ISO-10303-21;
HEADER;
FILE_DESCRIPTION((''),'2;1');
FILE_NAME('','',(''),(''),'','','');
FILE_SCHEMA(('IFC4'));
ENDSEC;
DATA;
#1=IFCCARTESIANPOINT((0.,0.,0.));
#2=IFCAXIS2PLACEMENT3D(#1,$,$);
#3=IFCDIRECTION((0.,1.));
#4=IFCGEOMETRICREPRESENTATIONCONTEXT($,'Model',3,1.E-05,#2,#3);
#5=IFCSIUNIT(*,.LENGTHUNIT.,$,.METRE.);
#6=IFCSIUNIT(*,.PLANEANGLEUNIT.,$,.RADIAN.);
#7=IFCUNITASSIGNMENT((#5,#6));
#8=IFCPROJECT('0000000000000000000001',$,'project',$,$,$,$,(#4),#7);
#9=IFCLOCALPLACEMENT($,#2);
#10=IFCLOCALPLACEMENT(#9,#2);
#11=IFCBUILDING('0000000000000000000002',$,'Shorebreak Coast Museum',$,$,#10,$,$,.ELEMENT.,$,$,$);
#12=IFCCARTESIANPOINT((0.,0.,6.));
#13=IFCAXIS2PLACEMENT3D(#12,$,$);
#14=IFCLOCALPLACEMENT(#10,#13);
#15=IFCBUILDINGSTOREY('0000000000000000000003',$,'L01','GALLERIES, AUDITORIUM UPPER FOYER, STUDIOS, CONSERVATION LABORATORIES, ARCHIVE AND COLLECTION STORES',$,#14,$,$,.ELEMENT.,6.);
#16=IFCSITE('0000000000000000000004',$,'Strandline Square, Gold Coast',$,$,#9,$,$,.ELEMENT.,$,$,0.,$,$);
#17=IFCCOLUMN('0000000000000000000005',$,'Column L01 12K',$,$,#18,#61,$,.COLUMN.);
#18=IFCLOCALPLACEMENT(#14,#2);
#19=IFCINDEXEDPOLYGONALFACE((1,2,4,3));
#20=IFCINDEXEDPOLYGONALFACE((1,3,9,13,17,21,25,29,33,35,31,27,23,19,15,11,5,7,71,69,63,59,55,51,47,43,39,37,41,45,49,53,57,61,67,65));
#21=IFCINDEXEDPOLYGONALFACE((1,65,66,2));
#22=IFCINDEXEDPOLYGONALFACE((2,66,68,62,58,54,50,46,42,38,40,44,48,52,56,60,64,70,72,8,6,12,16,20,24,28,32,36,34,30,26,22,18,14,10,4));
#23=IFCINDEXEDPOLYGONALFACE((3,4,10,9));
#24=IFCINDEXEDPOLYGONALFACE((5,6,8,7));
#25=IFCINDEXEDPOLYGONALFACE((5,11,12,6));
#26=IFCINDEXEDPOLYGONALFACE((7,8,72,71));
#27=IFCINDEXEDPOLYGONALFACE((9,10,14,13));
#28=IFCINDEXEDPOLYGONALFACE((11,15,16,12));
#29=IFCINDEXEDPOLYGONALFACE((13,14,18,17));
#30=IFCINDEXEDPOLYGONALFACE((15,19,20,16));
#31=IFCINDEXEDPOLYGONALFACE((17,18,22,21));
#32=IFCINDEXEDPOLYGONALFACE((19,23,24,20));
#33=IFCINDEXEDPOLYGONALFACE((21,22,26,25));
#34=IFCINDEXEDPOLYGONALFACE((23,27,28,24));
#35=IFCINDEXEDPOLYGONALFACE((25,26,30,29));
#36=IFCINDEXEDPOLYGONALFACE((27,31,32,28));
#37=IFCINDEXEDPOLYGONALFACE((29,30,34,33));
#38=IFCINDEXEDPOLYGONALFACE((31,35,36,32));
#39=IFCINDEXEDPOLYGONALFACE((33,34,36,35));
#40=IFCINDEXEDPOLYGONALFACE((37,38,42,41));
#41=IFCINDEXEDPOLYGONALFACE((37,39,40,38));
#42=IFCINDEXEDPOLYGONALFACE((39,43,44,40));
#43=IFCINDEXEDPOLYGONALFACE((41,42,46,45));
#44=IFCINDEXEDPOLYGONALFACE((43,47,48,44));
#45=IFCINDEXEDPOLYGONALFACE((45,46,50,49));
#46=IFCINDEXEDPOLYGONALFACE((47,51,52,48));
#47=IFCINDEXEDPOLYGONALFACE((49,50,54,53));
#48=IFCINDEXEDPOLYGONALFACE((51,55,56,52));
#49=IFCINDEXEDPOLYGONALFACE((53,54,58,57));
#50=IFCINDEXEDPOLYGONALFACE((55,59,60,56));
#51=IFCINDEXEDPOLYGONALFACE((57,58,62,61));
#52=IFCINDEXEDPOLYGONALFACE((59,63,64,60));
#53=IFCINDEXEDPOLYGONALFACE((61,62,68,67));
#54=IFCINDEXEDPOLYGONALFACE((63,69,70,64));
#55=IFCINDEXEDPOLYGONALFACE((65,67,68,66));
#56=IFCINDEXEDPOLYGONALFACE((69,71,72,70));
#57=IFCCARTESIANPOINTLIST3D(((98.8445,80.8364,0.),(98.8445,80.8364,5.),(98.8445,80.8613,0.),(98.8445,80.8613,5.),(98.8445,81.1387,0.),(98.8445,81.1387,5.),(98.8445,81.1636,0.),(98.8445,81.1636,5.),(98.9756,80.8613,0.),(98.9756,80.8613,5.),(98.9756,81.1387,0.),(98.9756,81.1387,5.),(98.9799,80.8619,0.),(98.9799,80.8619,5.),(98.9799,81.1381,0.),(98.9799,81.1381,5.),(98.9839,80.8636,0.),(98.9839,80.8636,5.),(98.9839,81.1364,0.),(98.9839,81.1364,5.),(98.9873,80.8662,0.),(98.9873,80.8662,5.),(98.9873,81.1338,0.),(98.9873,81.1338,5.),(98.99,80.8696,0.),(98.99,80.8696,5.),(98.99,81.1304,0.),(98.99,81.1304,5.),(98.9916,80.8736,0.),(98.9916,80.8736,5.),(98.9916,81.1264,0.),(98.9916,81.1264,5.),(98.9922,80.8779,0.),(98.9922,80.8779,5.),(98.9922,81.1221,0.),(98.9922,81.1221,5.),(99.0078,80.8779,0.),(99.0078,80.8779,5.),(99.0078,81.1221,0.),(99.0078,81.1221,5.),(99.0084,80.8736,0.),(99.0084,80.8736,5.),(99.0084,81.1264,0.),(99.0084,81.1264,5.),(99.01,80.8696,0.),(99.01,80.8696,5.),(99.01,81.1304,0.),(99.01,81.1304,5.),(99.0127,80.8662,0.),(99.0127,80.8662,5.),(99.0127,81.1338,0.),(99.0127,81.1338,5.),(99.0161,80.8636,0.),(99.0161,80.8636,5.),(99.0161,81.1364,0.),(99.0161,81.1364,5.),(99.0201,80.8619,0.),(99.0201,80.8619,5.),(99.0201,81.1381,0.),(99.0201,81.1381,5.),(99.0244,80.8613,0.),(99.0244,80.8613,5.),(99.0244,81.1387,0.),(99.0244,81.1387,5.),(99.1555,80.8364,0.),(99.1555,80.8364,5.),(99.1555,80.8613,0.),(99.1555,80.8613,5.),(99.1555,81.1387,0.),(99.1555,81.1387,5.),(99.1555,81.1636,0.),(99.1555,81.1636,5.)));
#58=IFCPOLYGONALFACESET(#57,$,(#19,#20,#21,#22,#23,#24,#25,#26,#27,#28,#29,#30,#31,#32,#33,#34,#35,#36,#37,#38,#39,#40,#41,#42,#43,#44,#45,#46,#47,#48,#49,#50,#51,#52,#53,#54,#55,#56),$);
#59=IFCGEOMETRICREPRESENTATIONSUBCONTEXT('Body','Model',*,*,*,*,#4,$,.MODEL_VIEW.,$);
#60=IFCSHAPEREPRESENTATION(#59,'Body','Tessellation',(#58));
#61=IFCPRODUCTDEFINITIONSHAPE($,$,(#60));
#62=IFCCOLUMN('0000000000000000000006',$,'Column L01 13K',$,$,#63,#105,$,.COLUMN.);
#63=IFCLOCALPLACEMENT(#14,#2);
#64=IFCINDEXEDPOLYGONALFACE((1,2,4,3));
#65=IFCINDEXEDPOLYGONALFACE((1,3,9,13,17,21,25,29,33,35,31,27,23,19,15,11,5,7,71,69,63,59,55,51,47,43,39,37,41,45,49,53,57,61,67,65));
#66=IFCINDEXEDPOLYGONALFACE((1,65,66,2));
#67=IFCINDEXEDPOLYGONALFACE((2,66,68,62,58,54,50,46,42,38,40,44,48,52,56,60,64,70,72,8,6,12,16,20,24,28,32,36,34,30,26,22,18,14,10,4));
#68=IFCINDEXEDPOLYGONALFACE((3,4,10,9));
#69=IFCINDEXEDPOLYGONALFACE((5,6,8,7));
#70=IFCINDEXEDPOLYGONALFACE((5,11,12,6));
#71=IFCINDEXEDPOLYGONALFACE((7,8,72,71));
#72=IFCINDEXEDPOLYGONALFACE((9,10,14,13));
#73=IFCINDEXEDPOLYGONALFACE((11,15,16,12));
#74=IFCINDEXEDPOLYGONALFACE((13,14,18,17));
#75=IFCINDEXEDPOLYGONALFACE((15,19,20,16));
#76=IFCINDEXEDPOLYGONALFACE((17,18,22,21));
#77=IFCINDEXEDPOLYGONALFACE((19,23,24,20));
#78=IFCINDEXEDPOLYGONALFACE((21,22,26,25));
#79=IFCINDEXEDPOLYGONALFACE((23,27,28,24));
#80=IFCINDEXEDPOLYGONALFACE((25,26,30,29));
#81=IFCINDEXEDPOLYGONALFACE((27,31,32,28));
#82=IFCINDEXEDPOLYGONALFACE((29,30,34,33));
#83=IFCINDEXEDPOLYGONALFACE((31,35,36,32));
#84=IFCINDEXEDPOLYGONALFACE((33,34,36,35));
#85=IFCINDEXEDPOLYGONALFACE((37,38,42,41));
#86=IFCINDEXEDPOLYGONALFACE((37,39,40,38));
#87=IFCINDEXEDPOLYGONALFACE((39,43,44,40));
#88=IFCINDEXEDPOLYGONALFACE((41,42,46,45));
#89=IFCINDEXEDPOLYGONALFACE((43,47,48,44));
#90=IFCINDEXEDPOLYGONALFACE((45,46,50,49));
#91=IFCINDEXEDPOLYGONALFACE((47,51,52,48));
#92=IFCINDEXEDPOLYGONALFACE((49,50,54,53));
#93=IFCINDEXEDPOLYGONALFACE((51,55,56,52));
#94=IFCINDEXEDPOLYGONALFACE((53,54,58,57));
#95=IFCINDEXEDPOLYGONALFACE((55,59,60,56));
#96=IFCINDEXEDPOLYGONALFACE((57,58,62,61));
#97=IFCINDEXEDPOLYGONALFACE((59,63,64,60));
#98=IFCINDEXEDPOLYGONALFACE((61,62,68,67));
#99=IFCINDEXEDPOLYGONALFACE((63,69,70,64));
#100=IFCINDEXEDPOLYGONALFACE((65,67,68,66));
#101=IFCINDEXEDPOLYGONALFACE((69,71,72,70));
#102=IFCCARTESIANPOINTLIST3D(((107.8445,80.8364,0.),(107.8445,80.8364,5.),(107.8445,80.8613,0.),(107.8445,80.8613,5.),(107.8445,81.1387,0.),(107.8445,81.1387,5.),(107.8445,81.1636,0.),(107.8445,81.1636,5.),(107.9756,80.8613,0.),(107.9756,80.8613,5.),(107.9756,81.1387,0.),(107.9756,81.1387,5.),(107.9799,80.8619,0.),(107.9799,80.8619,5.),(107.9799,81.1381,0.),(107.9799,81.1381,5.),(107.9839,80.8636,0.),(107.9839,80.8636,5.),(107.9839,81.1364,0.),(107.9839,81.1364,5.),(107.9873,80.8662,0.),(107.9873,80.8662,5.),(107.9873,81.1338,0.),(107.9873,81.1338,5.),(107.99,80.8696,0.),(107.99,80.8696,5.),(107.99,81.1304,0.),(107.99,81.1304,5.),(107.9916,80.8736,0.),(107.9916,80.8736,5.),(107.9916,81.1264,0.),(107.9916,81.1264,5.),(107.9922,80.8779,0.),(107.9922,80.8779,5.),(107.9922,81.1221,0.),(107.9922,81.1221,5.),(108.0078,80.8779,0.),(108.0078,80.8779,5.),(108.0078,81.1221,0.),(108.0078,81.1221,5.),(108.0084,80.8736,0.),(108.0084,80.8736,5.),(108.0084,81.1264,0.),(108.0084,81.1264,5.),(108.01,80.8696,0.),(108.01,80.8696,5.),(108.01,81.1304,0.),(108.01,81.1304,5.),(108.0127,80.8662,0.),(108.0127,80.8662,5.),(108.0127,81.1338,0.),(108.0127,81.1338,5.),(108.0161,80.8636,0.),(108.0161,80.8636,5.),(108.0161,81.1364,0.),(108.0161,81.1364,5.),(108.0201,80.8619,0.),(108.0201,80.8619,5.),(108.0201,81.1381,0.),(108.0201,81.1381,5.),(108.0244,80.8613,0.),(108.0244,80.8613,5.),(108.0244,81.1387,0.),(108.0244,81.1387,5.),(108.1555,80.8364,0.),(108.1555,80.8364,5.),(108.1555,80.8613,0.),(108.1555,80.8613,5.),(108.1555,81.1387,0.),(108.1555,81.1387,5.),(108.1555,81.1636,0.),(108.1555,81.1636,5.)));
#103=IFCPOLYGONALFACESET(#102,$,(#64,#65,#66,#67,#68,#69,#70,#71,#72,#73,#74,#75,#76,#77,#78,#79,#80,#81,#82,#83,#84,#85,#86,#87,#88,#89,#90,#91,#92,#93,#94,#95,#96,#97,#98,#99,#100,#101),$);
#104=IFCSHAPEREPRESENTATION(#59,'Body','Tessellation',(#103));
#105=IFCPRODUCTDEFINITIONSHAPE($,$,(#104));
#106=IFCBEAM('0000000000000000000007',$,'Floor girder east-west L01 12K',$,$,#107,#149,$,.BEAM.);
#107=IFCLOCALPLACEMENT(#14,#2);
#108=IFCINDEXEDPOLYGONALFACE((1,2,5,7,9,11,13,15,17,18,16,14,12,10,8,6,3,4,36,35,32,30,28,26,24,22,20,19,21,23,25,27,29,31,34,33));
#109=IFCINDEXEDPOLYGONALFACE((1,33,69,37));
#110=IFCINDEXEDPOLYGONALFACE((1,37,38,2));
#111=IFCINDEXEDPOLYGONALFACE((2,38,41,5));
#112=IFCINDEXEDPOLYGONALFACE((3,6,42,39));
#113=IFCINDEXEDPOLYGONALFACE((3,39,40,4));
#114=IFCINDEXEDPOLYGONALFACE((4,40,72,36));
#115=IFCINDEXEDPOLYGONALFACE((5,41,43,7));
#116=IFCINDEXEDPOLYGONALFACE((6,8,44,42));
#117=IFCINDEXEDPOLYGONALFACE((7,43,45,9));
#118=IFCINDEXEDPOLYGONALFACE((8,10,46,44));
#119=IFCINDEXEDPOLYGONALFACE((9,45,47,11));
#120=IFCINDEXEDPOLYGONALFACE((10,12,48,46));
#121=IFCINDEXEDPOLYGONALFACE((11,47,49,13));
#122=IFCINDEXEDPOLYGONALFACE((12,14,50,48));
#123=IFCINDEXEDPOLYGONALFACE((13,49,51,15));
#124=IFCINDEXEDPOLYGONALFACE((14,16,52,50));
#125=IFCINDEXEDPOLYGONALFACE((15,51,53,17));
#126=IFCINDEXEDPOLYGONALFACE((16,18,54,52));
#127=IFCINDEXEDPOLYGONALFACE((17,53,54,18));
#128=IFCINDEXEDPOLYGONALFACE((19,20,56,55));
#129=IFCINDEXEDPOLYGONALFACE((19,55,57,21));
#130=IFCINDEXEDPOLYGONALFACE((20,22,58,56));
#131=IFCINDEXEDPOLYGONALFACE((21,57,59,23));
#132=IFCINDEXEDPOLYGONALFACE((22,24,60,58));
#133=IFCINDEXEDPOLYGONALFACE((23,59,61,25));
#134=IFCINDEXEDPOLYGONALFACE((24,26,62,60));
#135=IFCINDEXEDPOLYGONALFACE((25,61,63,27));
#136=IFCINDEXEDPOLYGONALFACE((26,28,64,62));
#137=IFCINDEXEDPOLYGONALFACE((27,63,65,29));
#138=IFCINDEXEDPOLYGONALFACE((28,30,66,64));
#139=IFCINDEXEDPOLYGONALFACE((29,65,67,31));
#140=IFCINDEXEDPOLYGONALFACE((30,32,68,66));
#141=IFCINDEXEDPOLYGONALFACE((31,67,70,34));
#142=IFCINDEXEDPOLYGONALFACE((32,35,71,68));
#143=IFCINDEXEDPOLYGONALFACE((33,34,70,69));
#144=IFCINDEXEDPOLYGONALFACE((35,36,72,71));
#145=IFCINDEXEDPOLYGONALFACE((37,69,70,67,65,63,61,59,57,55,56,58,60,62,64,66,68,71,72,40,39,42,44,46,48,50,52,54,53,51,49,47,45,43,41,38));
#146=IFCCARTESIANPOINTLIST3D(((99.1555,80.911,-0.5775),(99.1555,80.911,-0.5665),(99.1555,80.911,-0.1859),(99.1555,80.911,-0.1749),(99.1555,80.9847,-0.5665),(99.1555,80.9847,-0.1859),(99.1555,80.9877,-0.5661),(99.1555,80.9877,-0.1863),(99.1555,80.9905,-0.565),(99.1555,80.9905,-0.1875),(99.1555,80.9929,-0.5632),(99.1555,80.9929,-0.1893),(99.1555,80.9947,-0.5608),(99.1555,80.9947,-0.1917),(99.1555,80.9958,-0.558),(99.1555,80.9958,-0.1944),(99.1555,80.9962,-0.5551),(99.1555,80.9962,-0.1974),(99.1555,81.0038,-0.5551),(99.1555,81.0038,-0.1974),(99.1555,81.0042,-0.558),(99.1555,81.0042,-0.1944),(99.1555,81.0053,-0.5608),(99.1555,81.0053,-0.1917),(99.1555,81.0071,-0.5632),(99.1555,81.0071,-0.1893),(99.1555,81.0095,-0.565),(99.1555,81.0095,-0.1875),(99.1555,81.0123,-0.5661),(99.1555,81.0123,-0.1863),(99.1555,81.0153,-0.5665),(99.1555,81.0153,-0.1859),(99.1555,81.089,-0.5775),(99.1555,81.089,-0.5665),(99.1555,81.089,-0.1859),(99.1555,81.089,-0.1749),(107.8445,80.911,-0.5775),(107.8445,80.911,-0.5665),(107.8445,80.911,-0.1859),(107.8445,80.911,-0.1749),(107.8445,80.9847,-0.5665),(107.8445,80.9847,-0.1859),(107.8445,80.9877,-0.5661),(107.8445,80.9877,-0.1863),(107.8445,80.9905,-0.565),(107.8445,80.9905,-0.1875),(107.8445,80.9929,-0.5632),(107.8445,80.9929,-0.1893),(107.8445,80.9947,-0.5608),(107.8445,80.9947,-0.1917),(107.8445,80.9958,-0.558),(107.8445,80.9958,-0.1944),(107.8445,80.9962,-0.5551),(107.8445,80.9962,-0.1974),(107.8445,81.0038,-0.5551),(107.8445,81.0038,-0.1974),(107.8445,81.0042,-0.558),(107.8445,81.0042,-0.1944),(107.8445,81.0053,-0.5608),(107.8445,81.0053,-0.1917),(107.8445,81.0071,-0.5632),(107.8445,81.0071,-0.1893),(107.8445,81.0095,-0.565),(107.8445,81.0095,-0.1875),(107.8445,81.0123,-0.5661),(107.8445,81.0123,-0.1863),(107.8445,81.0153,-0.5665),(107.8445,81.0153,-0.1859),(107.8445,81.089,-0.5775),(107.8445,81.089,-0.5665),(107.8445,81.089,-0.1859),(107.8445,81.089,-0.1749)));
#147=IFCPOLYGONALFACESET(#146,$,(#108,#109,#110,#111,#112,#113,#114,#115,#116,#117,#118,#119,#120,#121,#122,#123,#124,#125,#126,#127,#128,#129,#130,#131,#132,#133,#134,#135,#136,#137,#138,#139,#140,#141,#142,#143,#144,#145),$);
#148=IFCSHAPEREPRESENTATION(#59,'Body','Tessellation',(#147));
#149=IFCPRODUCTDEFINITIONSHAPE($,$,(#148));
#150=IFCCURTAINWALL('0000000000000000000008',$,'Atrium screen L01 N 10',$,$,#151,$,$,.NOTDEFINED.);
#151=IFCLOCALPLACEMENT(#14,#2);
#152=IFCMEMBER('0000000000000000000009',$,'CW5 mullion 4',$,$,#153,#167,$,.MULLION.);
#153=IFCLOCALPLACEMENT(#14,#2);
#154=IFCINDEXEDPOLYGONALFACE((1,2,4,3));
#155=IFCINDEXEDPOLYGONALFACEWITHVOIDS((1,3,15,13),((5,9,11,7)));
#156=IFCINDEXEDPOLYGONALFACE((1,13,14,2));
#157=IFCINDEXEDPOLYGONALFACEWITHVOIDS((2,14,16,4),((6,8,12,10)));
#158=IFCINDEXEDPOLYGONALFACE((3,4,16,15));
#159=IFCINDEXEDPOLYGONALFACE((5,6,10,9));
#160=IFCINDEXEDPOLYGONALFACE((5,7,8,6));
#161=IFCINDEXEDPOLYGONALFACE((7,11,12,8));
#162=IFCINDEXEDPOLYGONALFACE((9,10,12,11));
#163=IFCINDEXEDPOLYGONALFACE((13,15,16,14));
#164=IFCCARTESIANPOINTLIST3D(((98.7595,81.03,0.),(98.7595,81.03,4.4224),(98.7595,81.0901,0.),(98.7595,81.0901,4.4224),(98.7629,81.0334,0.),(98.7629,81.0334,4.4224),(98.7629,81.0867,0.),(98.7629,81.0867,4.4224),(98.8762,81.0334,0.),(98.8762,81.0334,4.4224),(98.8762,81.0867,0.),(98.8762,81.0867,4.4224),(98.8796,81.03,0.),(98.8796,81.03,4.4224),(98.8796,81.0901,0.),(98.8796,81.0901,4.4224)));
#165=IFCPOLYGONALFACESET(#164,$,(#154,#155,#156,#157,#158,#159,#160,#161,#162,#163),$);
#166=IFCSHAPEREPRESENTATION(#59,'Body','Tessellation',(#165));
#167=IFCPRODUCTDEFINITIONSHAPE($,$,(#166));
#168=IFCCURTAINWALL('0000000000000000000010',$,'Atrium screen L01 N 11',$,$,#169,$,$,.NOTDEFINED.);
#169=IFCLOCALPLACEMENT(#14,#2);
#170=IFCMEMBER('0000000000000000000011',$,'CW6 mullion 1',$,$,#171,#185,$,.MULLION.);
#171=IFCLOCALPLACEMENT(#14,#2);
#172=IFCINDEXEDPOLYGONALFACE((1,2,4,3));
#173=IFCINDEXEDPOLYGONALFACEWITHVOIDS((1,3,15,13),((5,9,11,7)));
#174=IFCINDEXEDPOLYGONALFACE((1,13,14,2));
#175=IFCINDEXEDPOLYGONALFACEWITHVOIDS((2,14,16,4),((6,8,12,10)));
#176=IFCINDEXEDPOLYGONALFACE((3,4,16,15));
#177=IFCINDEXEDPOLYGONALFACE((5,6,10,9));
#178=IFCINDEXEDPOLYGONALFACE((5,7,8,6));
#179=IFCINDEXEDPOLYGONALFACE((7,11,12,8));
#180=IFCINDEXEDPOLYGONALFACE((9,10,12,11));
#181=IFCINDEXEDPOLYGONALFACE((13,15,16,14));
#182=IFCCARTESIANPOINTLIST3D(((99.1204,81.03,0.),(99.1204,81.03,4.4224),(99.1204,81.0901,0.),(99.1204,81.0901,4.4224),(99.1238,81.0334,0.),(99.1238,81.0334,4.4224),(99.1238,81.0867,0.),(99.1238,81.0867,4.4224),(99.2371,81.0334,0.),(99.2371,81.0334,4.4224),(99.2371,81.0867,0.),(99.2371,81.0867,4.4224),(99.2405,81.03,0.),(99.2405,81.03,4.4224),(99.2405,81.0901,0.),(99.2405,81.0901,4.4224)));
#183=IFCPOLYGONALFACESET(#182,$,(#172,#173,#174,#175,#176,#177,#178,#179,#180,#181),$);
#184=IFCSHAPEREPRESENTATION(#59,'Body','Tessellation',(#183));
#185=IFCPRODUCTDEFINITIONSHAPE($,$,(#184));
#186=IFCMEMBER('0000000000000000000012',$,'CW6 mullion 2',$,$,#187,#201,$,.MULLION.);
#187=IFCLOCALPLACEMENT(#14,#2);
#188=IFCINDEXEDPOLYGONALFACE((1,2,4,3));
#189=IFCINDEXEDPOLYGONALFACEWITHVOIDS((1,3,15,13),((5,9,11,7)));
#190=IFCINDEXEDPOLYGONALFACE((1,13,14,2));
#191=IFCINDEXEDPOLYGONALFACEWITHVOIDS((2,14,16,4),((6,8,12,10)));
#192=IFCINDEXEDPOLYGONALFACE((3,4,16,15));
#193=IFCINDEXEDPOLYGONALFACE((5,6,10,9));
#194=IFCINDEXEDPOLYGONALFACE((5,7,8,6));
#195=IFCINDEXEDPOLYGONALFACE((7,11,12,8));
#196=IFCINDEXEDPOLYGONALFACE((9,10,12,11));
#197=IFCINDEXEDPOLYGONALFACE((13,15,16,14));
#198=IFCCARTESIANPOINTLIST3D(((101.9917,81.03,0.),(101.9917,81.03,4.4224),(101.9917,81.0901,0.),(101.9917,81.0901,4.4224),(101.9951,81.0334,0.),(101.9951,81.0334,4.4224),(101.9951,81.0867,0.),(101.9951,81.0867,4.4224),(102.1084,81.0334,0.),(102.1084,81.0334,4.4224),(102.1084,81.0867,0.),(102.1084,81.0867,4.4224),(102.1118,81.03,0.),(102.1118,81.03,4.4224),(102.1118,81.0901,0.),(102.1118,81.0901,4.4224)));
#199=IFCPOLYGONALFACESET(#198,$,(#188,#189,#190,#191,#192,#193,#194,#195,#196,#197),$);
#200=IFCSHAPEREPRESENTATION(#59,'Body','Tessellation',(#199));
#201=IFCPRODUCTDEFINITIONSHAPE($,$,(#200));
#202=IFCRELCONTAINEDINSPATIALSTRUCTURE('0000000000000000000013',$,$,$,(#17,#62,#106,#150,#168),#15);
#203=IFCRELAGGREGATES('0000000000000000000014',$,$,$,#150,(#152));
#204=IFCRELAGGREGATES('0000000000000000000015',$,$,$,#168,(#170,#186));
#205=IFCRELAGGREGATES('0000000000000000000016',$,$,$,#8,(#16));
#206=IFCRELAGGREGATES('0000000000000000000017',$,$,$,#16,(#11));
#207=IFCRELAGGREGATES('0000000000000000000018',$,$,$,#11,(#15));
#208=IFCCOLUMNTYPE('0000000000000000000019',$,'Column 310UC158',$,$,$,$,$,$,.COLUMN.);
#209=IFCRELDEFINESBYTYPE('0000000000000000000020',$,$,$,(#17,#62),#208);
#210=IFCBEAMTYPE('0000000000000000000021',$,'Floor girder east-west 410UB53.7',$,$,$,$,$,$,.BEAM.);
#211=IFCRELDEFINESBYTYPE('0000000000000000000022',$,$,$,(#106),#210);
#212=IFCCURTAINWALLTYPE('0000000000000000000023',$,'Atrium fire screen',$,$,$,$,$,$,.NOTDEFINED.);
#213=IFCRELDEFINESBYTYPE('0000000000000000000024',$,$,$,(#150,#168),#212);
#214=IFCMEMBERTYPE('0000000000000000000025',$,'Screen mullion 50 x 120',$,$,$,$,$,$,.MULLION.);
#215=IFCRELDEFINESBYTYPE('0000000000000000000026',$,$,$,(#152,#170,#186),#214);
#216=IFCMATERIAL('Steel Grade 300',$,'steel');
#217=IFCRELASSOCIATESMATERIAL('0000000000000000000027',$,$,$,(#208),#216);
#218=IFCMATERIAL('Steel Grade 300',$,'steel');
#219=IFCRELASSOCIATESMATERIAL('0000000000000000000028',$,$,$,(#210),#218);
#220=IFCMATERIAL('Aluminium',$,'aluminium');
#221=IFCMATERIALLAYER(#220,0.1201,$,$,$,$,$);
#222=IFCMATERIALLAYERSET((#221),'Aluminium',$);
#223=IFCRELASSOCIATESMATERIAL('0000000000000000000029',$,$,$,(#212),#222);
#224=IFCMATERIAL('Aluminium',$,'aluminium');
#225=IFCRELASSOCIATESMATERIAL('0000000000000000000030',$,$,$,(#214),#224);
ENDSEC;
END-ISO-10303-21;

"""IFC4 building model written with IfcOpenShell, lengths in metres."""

from ifc_helpers import new_model, si_unit, direction, frame, origin, origin_2d, place, context, subcontext, project, spatial, hollow_rectangle, i_section, extrude, material, layer, layer_set, material_profile, profile_set, type_object, element, aggregate, save


model = new_model("IFC4")

# Units and contexts
model_context = context("Model", 3, precision=1e-05, world=origin(), true_north=direction((0.0, 1.0)))
body_context = subcontext(model_context, "Body", "Model", "MODEL_VIEW")
ifc_project = project(units=[si_unit("LENGTHUNIT", "METRE"), si_unit("PLANEANGLEUNIT", "RADIAN")], contexts=[model_context])

# Site, building, storey
site_placement = place(None, origin())
site = spatial("IfcSite", under=ifc_project, at=site_placement, Name="Strandline Square, Gold Coast", CompositionType="ELEMENT", RefElevation=0.0)
building_placement = place(site_placement, origin())
building = spatial("IfcBuilding", under=site, at=building_placement, Name="Shorebreak Coast Museum", CompositionType="ELEMENT")
storey_placement = place(building_placement, frame((0.0, 0.0, 6.0)))
storey = spatial("IfcBuildingStorey", under=building, at=storey_placement, Name="L01", Description="GALLERIES, AUDITORIUM UPPER FOYER, STUDIOS, CONSERVATION LABORATORIES, ARCHIVE AND COLLECTION STORES", CompositionType="ELEMENT", Elevation=6.0)

# Columns
ifc_material_1 = material(Name="Steel Grade 300", Category="steel")
ifc_material_profile_1 = material_profile(ifc_material_1, i_section(OverallWidth=0.311, OverallDepth=0.3271, WebThickness=0.0156, FlangeThickness=0.0249, FilletRadius=0.0166, at=origin_2d()), Name="310UC158")
ifc_profile_set_1 = profile_set([ifc_material_profile_1], Name="Steel Grade 300")
column_type = type_object("IfcColumnType", Name="Column 310UC158", PredefinedType="COLUMN", material=ifc_profile_set_1)
for number, where, z_axis, x_axis, name in (
    (1, (99.0, 81.0, 0.0), (0.0, 0.0, 1.0), (1.0, 0.0, 0.0), "Column L01 12K"),
    (2, (108.0, 81.0, 0.0), (0.0, 0.0, 1.0), (1.0, 0.0, 0.0), "Column L01 13K"),
):
    element("IfcColumn", number, at=place(storey_placement, frame(where, z_axis=z_axis, x_axis=x_axis)), inside=storey, type_object=column_type, Name=name, PredefinedType="COLUMN", context=body_context, shape_type="SweptSolid", body=[
        extrude(i_section(OverallWidth=0.311, OverallDepth=0.3271, WebThickness=0.0156, FlangeThickness=0.0249, FilletRadius=0.0166, at=origin_2d()), origin(), (0.0, 0.0, 1.0), 5.0),
    ])

# Beam
ifc_material_2 = material(Name="Steel Grade 300", Category="steel")
ifc_material_profile_2 = material_profile(ifc_material_2, i_section(OverallWidth=0.178, OverallDepth=0.4026, WebThickness=0.0076, FlangeThickness=0.011, FilletRadius=0.0115, at=origin_2d()), Name="410UB53.7")
ifc_profile_set_2 = profile_set([ifc_material_profile_2], Name="Steel Grade 300")
beam_type = type_object("IfcBeamType", Name="Floor girder east-west 410UB53.7", PredefinedType="BEAM", material=ifc_profile_set_2)
beam_placement = place(storey_placement, frame((99.1555, 81.0, -0.3762), z_axis=(1.0, 0.0, 0.0), x_axis=(0.0, 1.0, 0.0)))
element("IfcBeam", 3, at=beam_placement, inside=storey, type_object=beam_type, Name="Floor girder east-west L01 12K", PredefinedType="BEAM", context=body_context, shape_type="SweptSolid", body=[
    extrude(i_section(OverallWidth=0.178, OverallDepth=0.4026, WebThickness=0.0076, FlangeThickness=0.011, FilletRadius=0.0115, at=origin_2d()), origin(), (0.0, 0.0, 1.0), 8.689),
])

# Curtain wall, member
ifc_material_3 = material(Name="Aluminium", Category="aluminium")
ifc_layer_1 = layer(ifc_material_3, 0.1201)
ifc_layer_set_1 = layer_set([ifc_layer_1], Name="Aluminium")
curtain_wall_type = type_object("IfcCurtainWallType", Name="Atrium fire screen", PredefinedType="NOTDEFINED", material=ifc_layer_set_1)
curtain_wall_1_placement = place(storey_placement, origin())
curtain_wall_1 = element("IfcCurtainWall", 4, at=curtain_wall_1_placement, inside=storey, type_object=curtain_wall_type, Name="Atrium screen L01 N 10", PredefinedType="NOTDEFINED")
ifc_material_4 = material(Name="Aluminium", Category="aluminium")
ifc_material_profile_3 = material_profile(ifc_material_4, hollow_rectangle(XDim=0.0601, YDim=0.1201, WallThickness=0.0034, at=origin_2d()), Name="AL 120x60 RHS")
ifc_profile_set_3 = profile_set([ifc_material_profile_3], Name="Aluminium")
member_type_1 = type_object("IfcMemberType", Name="Screen mullion 50 x 120", PredefinedType="MULLION", material=ifc_profile_set_3)
member_1_placement = place(storey_placement, frame((98.8196, 81.0601, 0.0), z_axis=(0.0, 0.0, 1.0), x_axis=(0.0, 1.0, 0.0)))
member_1 = element("IfcMember", 5, at=member_1_placement, type_object=member_type_1, Name="CW5 mullion 4", PredefinedType="MULLION", context=body_context, shape_type="SweptSolid", body=[
    extrude(hollow_rectangle(XDim=0.0601, YDim=0.1201, WallThickness=0.0034, at=origin_2d()), origin(), (0.0, 0.0, 1.0), 4.4224),
])

# Curtain wall, members
curtain_wall_2_placement = place(storey_placement, origin())
curtain_wall_2 = element("IfcCurtainWall", 6, at=curtain_wall_2_placement, inside=storey, type_object=curtain_wall_type, Name="Atrium screen L01 N 11", PredefinedType="NOTDEFINED")
member_2_placement = place(storey_placement, frame((99.1804, 81.0601, 0.0), z_axis=(0.0, 0.0, 1.0), x_axis=(0.0, 1.0, 0.0)))
member_2 = element("IfcMember", 7, at=member_2_placement, type_object=member_type_1, Name="CW6 mullion 1", PredefinedType="MULLION", context=body_context, shape_type="SweptSolid", body=[
    extrude(hollow_rectangle(XDim=0.0601, YDim=0.1201, WallThickness=0.0034, at=origin_2d()), origin(), (0.0, 0.0, 1.0), 4.4224),
])
member_3_placement = place(storey_placement, frame((102.0518, 81.0601, 0.0), z_axis=(0.0, 0.0, 1.0), x_axis=(0.0, 1.0, 0.0)))
member_3 = element("IfcMember", 8, at=member_3_placement, type_object=member_type_1, Name="CW6 mullion 2", PredefinedType="MULLION", context=body_context, shape_type="SweptSolid", body=[
    extrude(hollow_rectangle(XDim=0.0601, YDim=0.1201, WallThickness=0.0034, at=origin_2d()), origin(), (0.0, 0.0, 1.0), 4.4224),
])

aggregate(curtain_wall_1, [member_1])
aggregate(curtain_wall_2, [member_2, member_3])

save(model, "model.ifc")
